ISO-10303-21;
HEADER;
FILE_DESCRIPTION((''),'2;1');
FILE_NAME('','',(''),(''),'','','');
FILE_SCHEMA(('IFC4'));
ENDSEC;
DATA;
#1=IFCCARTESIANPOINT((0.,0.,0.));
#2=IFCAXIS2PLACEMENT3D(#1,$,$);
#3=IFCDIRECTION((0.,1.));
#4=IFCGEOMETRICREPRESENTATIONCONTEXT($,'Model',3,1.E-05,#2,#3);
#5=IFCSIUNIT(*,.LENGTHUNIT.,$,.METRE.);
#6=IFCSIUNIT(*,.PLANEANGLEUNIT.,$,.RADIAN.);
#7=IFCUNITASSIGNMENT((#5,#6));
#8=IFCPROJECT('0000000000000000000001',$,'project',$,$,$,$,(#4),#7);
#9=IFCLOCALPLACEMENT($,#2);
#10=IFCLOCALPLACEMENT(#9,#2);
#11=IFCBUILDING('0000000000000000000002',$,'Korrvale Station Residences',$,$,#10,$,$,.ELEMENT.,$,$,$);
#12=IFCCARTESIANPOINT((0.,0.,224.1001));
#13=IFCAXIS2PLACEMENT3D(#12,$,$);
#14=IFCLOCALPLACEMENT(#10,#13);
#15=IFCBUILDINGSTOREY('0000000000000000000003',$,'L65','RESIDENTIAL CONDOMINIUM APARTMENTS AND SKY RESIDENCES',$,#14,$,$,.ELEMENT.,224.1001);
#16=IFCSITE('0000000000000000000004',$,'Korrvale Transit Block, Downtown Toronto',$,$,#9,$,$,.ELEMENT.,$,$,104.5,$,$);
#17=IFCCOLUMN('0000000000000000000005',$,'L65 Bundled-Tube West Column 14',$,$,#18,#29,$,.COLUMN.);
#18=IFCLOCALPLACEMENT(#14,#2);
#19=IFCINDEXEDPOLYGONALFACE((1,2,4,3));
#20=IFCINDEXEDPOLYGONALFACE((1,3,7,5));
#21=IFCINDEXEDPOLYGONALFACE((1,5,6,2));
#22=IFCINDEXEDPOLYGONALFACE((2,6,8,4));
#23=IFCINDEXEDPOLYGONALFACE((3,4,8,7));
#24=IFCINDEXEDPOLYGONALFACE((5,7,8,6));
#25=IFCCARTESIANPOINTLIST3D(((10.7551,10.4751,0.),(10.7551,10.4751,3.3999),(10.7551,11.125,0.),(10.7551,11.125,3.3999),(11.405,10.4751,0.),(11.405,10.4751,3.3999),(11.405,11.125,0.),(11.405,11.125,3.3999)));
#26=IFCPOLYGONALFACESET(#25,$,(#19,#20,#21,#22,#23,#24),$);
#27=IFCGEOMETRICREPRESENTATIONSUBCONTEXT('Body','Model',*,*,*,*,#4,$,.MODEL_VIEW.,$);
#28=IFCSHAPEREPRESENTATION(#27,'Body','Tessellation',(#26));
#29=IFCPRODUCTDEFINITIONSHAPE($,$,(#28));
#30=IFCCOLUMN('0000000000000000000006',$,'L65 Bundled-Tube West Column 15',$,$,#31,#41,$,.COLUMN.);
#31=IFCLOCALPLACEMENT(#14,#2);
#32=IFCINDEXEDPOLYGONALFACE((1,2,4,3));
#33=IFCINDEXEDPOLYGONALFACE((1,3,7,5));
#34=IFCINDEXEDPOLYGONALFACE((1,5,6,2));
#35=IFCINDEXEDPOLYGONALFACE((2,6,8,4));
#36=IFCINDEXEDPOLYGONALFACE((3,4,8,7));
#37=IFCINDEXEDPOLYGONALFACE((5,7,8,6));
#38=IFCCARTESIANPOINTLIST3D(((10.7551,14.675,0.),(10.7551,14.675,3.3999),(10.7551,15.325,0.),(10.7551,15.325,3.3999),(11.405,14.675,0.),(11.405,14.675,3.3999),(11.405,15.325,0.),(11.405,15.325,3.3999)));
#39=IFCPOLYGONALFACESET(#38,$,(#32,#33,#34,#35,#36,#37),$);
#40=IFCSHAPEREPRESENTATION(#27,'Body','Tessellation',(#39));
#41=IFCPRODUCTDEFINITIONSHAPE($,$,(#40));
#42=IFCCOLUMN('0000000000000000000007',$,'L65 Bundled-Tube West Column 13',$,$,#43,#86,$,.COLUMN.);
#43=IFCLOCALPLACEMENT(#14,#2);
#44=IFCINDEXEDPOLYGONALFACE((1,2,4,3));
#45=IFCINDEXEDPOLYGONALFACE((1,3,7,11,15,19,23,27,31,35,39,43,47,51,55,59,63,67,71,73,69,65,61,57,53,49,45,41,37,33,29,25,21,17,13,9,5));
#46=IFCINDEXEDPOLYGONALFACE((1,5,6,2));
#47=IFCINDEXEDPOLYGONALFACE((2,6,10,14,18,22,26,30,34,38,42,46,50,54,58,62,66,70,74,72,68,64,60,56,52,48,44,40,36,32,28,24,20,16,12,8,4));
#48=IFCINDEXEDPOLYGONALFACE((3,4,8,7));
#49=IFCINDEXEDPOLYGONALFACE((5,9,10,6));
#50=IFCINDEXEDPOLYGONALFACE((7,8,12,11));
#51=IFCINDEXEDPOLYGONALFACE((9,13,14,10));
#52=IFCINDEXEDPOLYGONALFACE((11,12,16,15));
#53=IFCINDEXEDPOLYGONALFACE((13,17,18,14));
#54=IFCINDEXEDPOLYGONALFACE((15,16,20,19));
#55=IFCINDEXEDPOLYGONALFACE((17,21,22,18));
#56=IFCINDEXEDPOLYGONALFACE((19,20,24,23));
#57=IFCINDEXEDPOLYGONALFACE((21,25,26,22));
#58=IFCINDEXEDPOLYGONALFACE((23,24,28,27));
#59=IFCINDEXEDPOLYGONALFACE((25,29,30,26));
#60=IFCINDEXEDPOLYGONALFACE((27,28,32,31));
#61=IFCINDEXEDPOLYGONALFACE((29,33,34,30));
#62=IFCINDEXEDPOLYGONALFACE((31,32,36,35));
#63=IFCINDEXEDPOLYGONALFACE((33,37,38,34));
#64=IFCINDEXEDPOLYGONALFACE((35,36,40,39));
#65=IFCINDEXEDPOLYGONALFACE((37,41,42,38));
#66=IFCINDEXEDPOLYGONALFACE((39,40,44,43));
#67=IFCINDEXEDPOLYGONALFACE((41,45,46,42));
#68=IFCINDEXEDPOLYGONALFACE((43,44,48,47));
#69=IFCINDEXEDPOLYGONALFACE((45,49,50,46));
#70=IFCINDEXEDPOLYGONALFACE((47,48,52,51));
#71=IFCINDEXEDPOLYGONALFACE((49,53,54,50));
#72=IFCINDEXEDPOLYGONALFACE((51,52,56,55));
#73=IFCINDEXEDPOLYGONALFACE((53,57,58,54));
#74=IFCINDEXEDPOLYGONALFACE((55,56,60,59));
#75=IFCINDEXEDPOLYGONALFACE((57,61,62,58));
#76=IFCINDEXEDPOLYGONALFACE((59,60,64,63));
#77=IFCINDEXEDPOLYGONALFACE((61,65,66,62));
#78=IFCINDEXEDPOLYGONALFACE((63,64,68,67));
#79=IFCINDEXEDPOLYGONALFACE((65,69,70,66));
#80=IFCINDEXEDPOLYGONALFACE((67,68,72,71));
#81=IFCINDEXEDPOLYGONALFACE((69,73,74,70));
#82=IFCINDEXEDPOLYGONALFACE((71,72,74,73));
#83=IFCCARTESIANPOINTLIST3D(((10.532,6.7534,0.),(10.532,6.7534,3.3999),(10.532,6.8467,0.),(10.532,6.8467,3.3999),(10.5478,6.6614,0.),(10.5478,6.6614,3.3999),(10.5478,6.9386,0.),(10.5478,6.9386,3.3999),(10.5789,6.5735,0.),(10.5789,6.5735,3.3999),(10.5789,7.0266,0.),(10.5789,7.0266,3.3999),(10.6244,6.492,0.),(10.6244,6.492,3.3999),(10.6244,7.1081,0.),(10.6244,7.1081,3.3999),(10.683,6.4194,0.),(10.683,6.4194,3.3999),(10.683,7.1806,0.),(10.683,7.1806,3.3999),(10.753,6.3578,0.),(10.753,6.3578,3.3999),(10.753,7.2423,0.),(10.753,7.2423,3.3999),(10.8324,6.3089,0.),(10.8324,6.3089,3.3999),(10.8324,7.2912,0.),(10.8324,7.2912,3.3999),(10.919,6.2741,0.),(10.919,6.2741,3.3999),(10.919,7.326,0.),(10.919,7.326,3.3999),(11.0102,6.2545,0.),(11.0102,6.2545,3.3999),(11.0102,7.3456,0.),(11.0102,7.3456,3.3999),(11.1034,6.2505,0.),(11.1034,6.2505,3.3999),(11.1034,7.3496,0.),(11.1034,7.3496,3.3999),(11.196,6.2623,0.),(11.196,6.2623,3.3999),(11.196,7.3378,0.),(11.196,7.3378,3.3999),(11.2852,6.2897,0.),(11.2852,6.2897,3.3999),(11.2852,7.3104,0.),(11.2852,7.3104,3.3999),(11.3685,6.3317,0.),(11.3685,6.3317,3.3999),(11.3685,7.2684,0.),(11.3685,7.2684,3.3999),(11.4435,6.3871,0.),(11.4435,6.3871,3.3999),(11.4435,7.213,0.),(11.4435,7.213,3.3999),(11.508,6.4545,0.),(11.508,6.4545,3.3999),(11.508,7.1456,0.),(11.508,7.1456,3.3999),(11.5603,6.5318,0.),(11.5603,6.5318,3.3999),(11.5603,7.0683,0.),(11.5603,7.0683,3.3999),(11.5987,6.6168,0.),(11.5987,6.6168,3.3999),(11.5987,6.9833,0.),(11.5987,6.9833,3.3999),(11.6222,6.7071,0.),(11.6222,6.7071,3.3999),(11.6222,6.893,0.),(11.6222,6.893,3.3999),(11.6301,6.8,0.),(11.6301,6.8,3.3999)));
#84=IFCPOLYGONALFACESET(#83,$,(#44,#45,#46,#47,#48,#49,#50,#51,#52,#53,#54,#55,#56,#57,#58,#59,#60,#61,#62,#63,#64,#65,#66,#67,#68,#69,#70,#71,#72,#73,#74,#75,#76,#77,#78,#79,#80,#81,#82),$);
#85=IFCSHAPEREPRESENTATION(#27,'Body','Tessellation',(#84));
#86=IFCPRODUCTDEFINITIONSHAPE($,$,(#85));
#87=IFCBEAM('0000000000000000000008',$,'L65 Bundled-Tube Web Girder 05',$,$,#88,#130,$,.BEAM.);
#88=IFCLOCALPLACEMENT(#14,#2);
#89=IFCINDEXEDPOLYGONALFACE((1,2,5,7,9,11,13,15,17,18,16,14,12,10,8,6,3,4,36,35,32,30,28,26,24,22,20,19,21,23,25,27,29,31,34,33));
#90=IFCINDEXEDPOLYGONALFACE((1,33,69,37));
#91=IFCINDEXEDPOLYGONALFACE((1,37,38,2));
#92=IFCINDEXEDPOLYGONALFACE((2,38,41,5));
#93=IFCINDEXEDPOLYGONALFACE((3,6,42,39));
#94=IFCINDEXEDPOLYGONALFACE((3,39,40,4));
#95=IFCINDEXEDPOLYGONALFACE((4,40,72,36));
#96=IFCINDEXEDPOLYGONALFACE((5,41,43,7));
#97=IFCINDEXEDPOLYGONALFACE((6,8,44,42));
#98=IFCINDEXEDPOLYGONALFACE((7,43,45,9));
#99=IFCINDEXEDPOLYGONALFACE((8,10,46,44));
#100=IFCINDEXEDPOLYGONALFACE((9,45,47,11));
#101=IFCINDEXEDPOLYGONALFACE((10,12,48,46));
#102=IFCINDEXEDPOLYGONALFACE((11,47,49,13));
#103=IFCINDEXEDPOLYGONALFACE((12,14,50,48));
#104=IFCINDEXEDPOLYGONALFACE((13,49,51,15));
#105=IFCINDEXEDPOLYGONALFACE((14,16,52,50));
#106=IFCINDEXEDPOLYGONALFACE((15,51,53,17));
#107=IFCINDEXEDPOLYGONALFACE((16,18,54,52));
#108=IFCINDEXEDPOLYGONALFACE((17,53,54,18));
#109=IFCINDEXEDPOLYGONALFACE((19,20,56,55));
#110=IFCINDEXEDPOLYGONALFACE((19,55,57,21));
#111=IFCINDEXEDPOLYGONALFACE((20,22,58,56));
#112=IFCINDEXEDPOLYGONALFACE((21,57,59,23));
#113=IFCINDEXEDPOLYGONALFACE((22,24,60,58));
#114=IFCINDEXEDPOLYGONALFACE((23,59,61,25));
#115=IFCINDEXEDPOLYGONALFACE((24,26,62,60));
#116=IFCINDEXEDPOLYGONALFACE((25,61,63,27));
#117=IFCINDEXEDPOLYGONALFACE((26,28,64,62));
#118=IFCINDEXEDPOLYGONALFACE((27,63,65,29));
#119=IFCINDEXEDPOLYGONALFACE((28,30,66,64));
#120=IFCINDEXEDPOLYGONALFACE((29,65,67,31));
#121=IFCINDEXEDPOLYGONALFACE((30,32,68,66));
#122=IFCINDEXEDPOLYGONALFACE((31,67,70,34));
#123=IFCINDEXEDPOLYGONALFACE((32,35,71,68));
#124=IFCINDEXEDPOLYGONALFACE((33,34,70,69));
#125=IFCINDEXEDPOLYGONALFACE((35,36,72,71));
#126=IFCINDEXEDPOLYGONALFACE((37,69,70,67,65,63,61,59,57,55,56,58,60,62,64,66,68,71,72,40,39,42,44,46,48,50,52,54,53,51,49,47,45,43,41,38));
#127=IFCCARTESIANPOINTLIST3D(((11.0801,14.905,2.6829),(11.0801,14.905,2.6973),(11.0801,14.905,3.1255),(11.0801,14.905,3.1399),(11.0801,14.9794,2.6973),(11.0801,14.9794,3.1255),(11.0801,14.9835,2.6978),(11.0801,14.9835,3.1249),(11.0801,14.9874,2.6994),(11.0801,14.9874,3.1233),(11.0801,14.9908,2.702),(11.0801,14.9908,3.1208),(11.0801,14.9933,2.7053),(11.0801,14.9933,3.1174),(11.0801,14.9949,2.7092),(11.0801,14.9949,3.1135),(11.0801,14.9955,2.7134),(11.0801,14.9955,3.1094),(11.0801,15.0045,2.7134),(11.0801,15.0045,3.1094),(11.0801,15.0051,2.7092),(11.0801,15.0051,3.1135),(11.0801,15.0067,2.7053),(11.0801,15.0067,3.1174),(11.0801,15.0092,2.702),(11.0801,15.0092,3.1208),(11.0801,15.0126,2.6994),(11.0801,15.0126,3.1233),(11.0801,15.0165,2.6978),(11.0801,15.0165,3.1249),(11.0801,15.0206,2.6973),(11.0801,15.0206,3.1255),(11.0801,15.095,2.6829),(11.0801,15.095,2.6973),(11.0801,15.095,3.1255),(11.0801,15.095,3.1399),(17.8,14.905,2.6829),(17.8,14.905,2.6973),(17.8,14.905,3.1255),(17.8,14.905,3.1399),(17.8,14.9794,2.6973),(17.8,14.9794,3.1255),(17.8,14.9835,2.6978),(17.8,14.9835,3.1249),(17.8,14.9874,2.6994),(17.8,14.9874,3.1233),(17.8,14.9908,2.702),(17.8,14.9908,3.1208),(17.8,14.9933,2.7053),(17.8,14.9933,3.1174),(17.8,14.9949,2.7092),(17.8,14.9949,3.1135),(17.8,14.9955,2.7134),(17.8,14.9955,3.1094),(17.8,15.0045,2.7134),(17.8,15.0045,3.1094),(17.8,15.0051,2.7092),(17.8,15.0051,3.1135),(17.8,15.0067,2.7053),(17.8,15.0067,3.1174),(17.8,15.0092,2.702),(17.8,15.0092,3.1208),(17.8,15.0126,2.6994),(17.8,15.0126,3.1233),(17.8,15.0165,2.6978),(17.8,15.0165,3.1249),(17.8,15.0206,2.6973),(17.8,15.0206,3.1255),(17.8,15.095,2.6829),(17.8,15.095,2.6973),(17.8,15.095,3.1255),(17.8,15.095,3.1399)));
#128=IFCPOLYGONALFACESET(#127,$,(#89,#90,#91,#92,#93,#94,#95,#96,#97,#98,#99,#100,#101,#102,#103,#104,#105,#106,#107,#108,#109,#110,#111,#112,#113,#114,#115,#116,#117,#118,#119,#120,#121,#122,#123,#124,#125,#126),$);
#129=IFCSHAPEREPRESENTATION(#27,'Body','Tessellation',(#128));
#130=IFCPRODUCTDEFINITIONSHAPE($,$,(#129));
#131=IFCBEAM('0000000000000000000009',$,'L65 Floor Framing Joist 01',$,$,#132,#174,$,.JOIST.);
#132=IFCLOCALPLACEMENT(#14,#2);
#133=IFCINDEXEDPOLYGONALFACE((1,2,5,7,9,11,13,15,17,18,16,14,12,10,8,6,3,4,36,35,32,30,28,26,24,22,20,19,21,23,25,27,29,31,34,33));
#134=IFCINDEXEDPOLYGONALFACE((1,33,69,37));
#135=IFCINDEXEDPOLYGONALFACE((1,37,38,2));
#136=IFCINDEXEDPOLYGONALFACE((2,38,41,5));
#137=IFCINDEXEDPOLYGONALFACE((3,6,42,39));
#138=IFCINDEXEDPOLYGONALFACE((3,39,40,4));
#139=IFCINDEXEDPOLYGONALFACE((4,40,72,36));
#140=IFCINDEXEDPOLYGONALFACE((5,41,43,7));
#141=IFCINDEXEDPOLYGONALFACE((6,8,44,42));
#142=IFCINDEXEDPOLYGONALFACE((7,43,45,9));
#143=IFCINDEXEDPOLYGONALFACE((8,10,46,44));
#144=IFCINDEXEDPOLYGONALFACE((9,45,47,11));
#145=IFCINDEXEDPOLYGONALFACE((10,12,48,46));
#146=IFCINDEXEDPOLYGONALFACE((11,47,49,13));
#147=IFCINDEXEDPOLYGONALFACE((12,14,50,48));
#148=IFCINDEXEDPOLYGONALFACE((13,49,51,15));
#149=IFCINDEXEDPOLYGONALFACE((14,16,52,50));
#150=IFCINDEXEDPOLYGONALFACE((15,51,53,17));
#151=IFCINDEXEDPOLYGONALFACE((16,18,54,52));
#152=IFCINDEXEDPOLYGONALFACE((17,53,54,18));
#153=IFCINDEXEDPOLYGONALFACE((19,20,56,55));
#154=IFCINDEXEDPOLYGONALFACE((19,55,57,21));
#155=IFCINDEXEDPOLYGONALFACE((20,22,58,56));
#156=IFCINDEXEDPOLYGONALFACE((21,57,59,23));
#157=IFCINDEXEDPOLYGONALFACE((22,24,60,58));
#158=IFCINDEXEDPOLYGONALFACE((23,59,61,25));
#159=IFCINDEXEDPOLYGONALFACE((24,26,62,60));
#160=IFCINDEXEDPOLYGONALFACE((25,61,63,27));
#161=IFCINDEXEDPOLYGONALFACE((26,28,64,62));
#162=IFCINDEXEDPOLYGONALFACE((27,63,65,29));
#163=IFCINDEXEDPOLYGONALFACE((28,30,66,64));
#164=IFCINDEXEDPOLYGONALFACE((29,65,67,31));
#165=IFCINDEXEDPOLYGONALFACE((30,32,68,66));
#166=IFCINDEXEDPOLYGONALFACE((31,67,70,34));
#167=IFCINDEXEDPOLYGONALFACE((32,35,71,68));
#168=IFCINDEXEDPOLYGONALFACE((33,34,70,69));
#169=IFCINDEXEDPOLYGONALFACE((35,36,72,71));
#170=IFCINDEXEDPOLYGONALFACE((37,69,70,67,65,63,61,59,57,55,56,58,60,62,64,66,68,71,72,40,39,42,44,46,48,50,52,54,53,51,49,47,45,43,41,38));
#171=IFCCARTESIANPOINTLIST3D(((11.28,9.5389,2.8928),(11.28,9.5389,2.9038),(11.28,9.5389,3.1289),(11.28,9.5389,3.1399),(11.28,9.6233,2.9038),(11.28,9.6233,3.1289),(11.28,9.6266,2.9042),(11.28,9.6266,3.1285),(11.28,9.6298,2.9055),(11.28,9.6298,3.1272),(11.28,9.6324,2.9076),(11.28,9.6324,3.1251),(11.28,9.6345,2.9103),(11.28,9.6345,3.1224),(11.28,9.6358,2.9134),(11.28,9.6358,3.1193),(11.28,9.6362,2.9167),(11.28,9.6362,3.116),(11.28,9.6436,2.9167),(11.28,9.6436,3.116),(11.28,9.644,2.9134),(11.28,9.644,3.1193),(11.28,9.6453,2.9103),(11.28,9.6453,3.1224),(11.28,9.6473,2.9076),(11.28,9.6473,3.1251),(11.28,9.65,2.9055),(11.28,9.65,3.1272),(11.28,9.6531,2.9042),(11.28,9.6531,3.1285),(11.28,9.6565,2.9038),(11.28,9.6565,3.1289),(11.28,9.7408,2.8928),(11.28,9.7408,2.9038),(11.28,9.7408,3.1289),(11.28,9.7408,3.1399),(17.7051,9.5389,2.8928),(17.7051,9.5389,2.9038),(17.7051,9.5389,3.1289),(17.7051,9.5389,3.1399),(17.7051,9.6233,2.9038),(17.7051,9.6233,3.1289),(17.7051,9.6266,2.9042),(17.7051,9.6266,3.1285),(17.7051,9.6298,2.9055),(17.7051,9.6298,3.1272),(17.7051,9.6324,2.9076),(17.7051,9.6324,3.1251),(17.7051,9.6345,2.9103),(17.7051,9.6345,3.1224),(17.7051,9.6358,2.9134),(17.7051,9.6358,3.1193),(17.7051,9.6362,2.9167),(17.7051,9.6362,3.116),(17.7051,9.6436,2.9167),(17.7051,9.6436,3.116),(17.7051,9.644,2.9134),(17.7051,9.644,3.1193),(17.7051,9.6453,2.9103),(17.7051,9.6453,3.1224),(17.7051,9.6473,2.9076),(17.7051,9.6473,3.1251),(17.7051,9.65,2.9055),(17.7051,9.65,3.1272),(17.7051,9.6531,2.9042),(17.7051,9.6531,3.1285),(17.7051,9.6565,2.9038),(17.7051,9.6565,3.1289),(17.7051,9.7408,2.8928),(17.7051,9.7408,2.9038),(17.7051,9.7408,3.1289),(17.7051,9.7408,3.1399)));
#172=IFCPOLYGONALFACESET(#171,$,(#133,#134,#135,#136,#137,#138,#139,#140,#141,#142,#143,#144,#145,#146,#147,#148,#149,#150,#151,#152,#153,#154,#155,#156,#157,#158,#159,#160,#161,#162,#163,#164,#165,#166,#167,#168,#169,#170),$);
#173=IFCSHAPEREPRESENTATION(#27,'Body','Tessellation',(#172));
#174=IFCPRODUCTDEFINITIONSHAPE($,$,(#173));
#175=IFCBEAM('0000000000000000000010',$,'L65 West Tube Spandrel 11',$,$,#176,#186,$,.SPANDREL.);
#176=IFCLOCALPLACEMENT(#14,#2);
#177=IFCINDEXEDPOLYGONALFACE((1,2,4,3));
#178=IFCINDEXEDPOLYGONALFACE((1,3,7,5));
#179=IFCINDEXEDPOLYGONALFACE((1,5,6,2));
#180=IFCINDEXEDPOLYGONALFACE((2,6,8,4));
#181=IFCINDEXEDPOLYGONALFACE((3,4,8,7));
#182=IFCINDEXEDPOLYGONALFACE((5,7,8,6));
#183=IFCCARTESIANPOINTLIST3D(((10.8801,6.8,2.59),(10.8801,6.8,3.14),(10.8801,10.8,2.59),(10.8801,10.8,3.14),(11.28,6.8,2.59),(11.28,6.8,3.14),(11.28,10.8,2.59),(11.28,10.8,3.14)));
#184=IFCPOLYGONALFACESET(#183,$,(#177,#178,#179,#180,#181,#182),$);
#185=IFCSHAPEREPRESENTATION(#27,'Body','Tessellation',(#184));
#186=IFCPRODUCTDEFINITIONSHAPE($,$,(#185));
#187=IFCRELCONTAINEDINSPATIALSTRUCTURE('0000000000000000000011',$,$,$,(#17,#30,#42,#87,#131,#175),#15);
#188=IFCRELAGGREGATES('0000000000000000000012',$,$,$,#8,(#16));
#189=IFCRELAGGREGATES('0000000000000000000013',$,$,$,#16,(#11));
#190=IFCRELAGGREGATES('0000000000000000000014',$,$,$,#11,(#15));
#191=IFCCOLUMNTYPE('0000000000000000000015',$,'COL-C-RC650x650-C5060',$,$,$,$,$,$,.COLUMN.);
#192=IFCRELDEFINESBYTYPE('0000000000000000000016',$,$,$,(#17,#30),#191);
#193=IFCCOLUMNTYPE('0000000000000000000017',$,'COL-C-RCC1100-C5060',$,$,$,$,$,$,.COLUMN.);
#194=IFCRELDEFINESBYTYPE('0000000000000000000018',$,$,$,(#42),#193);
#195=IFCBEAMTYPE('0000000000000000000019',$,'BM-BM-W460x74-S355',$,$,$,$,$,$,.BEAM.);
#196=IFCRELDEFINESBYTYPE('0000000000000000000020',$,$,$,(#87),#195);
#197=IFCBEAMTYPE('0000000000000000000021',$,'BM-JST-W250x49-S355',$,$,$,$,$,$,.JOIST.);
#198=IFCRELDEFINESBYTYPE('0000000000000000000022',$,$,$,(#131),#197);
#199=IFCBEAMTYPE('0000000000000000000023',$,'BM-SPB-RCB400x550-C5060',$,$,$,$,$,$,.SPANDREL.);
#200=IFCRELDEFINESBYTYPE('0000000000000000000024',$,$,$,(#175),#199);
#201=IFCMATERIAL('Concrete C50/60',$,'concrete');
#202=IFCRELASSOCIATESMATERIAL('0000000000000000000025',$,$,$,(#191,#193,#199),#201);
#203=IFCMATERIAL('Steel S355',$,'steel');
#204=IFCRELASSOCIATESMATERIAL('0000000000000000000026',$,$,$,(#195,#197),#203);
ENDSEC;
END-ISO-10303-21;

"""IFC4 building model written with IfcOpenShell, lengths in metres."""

from ifc_helpers import new_model, si_unit, direction, frame, origin, origin_2d, place, context, subcontext, project, spatial, rectangle, circle, i_section, extrude, material, material_profile, profile_set, type_object, element, save


model = new_model("IFC4")

# Units and contexts
model_context = context("Model", 3, precision=1e-05, world=origin(), true_north=direction((0.0, 1.0)))
body_context = subcontext(model_context, "Body", "Model", "MODEL_VIEW")
ifc_project = project(units=[si_unit("LENGTHUNIT", "METRE"), si_unit("PLANEANGLEUNIT", "RADIAN")], contexts=[model_context])

# Site, building, storey
site_placement = place(None, origin())
site = spatial("IfcSite", under=ifc_project, at=site_placement, Name="Korrvale Transit Block, Downtown Toronto", CompositionType="ELEMENT", RefElevation=104.5)
building_placement = place(site_placement, origin())
building = spatial("IfcBuilding", under=site, at=building_placement, Name="Korrvale Station Residences", CompositionType="ELEMENT")
storey_placement = place(building_placement, frame((0.0, 0.0, 224.1001)))
storey = spatial("IfcBuildingStorey", under=building, at=storey_placement, Name="L65", Description="RESIDENTIAL CONDOMINIUM APARTMENTS AND SKY RESIDENCES", CompositionType="ELEMENT", Elevation=224.1001)

# Columns
ifc_material_1 = material(Name="Concrete C50/60", Category="concrete")
ifc_material_profile_1 = material_profile(ifc_material_1, rectangle(XDim=0.6499, YDim=0.6499, at=origin_2d()), Name="RC650x650")
ifc_profile_set_1 = profile_set([ifc_material_profile_1], Name="Concrete C50/60")
column_type_1 = type_object("IfcColumnType", Name="COL-C-RC650x650-C5060", PredefinedType="COLUMN", material=ifc_profile_set_1)
for number, where, z_axis, x_axis, name in (
    (1, (11.0801, 10.8, 0.0), (0.0, 0.0, 1.0), (1.0, 0.0, 0.0), "L65 Bundled-Tube West Column 14"),
    (2, (11.0801, 15.0, 0.0), (0.0, 0.0, 1.0), (1.0, 0.0, 0.0), "L65 Bundled-Tube West Column 15"),
):
    element("IfcColumn", number, at=place(storey_placement, frame(where, z_axis=z_axis, x_axis=x_axis)), inside=storey, type_object=column_type_1, Name=name, PredefinedType="COLUMN", context=body_context, shape_type="SweptSolid", body=[
        extrude(rectangle(XDim=0.6499, YDim=0.6499, at=origin_2d()), origin(), (0.0, 0.0, 1.0), 3.3999),
    ])
ifc_material_profile_2 = material_profile(ifc_material_1, circle(Radius=0.55, at=origin_2d()), Name="RCC1100")
ifc_profile_set_2 = profile_set([ifc_material_profile_2], Name="Concrete C50/60")
column_type_2 = type_object("IfcColumnType", Name="COL-C-RCC1100-C5060", PredefinedType="COLUMN", material=ifc_profile_set_2)
column_placement = place(storey_placement, frame((11.0801, 6.8, 0.0), z_axis=(0.0, 0.0, 1.0), x_axis=(1.0, 0.0, 0.0)))
element("IfcColumn", 3, at=column_placement, inside=storey, type_object=column_type_2, Name="L65 Bundled-Tube West Column 13", PredefinedType="COLUMN", context=body_context, shape_type="SweptSolid", body=[
    extrude(circle(Radius=0.55, at=origin_2d()), origin(), (0.0, 0.0, 1.0), 3.3999),
])

# Beams
ifc_material_2 = material(Name="Steel S355", Category="steel")
ifc_material_profile_3 = material_profile(ifc_material_2, i_section(OverallWidth=0.1899, OverallDepth=0.457, WebThickness=0.009, FlangeThickness=0.0144, FilletRadius=0.0161, at=origin_2d()), Name="W460x74")
ifc_profile_set_3 = profile_set([ifc_material_profile_3], Name="Steel S355")
beam_type_1 = type_object("IfcBeamType", Name="BM-BM-W460x74-S355", PredefinedType="BEAM", material=ifc_profile_set_3)
beam_1_placement = place(storey_placement, frame((11.0801, 15.0, 2.9114), z_axis=(1.0, 0.0, 0.0), x_axis=(0.0, 1.0, 0.0)))
element("IfcBeam", 4, at=beam_1_placement, inside=storey, type_object=beam_type_1, Name="L65 Bundled-Tube Web Girder 05", PredefinedType="BEAM", context=body_context, shape_type="SweptSolid", body=[
    extrude(i_section(OverallWidth=0.1899, OverallDepth=0.457, WebThickness=0.009, FlangeThickness=0.0144, FilletRadius=0.0161, at=origin_2d()), origin(), (0.0, 0.0, 1.0), 6.72),
])
ifc_material_profile_4 = material_profile(ifc_material_2, i_section(OverallWidth=0.2019, OverallDepth=0.2471, WebThickness=0.0073, FlangeThickness=0.011, FilletRadius=0.0129, at=origin_2d()), Name="W250x49")
ifc_profile_set_4 = profile_set([ifc_material_profile_4], Name="Steel S355")
beam_type_2 = type_object("IfcBeamType", Name="BM-JST-W250x49-S355", PredefinedType="JOIST", material=ifc_profile_set_4)
beam_2_placement = place(storey_placement, frame((11.28, 9.6399, 3.0164), z_axis=(1.0, 0.0, 0.0), x_axis=(0.0, 1.0, 0.0)))
element("IfcBeam", 5, at=beam_2_placement, inside=storey, type_object=beam_type_2, Name="L65 Floor Framing Joist 01", PredefinedType="JOIST", context=body_context, shape_type="SweptSolid", body=[
    extrude(i_section(OverallWidth=0.2019, OverallDepth=0.2471, WebThickness=0.0073, FlangeThickness=0.011, FilletRadius=0.0129, at=origin_2d()), origin(), (0.0, 0.0, 1.0), 6.425),
])
ifc_material_profile_5 = material_profile(ifc_material_1, rectangle(XDim=0.3999, YDim=0.55, at=origin_2d()), Name="RCB400x550")
ifc_profile_set_5 = profile_set([ifc_material_profile_5], Name="Concrete C50/60")
beam_type_3 = type_object("IfcBeamType", Name="BM-SPB-RCB400x550-C5060", PredefinedType="SPANDREL", material=ifc_profile_set_5)
beam_3_placement = place(storey_placement, frame((11.0801, 6.8, 2.865), z_axis=(0.0, 1.0, 0.0), x_axis=(-1.0, 0.0, 0.0)))
element("IfcBeam", 6, at=beam_3_placement, inside=storey, type_object=beam_type_3, Name="L65 West Tube Spandrel 11", PredefinedType="SPANDREL", context=body_context, shape_type="SweptSolid", body=[
    extrude(rectangle(XDim=0.3999, YDim=0.55, at=origin_2d()), origin(), (0.0, 0.0, 1.0), 4.0),
])

save(model, "model.ifc")
